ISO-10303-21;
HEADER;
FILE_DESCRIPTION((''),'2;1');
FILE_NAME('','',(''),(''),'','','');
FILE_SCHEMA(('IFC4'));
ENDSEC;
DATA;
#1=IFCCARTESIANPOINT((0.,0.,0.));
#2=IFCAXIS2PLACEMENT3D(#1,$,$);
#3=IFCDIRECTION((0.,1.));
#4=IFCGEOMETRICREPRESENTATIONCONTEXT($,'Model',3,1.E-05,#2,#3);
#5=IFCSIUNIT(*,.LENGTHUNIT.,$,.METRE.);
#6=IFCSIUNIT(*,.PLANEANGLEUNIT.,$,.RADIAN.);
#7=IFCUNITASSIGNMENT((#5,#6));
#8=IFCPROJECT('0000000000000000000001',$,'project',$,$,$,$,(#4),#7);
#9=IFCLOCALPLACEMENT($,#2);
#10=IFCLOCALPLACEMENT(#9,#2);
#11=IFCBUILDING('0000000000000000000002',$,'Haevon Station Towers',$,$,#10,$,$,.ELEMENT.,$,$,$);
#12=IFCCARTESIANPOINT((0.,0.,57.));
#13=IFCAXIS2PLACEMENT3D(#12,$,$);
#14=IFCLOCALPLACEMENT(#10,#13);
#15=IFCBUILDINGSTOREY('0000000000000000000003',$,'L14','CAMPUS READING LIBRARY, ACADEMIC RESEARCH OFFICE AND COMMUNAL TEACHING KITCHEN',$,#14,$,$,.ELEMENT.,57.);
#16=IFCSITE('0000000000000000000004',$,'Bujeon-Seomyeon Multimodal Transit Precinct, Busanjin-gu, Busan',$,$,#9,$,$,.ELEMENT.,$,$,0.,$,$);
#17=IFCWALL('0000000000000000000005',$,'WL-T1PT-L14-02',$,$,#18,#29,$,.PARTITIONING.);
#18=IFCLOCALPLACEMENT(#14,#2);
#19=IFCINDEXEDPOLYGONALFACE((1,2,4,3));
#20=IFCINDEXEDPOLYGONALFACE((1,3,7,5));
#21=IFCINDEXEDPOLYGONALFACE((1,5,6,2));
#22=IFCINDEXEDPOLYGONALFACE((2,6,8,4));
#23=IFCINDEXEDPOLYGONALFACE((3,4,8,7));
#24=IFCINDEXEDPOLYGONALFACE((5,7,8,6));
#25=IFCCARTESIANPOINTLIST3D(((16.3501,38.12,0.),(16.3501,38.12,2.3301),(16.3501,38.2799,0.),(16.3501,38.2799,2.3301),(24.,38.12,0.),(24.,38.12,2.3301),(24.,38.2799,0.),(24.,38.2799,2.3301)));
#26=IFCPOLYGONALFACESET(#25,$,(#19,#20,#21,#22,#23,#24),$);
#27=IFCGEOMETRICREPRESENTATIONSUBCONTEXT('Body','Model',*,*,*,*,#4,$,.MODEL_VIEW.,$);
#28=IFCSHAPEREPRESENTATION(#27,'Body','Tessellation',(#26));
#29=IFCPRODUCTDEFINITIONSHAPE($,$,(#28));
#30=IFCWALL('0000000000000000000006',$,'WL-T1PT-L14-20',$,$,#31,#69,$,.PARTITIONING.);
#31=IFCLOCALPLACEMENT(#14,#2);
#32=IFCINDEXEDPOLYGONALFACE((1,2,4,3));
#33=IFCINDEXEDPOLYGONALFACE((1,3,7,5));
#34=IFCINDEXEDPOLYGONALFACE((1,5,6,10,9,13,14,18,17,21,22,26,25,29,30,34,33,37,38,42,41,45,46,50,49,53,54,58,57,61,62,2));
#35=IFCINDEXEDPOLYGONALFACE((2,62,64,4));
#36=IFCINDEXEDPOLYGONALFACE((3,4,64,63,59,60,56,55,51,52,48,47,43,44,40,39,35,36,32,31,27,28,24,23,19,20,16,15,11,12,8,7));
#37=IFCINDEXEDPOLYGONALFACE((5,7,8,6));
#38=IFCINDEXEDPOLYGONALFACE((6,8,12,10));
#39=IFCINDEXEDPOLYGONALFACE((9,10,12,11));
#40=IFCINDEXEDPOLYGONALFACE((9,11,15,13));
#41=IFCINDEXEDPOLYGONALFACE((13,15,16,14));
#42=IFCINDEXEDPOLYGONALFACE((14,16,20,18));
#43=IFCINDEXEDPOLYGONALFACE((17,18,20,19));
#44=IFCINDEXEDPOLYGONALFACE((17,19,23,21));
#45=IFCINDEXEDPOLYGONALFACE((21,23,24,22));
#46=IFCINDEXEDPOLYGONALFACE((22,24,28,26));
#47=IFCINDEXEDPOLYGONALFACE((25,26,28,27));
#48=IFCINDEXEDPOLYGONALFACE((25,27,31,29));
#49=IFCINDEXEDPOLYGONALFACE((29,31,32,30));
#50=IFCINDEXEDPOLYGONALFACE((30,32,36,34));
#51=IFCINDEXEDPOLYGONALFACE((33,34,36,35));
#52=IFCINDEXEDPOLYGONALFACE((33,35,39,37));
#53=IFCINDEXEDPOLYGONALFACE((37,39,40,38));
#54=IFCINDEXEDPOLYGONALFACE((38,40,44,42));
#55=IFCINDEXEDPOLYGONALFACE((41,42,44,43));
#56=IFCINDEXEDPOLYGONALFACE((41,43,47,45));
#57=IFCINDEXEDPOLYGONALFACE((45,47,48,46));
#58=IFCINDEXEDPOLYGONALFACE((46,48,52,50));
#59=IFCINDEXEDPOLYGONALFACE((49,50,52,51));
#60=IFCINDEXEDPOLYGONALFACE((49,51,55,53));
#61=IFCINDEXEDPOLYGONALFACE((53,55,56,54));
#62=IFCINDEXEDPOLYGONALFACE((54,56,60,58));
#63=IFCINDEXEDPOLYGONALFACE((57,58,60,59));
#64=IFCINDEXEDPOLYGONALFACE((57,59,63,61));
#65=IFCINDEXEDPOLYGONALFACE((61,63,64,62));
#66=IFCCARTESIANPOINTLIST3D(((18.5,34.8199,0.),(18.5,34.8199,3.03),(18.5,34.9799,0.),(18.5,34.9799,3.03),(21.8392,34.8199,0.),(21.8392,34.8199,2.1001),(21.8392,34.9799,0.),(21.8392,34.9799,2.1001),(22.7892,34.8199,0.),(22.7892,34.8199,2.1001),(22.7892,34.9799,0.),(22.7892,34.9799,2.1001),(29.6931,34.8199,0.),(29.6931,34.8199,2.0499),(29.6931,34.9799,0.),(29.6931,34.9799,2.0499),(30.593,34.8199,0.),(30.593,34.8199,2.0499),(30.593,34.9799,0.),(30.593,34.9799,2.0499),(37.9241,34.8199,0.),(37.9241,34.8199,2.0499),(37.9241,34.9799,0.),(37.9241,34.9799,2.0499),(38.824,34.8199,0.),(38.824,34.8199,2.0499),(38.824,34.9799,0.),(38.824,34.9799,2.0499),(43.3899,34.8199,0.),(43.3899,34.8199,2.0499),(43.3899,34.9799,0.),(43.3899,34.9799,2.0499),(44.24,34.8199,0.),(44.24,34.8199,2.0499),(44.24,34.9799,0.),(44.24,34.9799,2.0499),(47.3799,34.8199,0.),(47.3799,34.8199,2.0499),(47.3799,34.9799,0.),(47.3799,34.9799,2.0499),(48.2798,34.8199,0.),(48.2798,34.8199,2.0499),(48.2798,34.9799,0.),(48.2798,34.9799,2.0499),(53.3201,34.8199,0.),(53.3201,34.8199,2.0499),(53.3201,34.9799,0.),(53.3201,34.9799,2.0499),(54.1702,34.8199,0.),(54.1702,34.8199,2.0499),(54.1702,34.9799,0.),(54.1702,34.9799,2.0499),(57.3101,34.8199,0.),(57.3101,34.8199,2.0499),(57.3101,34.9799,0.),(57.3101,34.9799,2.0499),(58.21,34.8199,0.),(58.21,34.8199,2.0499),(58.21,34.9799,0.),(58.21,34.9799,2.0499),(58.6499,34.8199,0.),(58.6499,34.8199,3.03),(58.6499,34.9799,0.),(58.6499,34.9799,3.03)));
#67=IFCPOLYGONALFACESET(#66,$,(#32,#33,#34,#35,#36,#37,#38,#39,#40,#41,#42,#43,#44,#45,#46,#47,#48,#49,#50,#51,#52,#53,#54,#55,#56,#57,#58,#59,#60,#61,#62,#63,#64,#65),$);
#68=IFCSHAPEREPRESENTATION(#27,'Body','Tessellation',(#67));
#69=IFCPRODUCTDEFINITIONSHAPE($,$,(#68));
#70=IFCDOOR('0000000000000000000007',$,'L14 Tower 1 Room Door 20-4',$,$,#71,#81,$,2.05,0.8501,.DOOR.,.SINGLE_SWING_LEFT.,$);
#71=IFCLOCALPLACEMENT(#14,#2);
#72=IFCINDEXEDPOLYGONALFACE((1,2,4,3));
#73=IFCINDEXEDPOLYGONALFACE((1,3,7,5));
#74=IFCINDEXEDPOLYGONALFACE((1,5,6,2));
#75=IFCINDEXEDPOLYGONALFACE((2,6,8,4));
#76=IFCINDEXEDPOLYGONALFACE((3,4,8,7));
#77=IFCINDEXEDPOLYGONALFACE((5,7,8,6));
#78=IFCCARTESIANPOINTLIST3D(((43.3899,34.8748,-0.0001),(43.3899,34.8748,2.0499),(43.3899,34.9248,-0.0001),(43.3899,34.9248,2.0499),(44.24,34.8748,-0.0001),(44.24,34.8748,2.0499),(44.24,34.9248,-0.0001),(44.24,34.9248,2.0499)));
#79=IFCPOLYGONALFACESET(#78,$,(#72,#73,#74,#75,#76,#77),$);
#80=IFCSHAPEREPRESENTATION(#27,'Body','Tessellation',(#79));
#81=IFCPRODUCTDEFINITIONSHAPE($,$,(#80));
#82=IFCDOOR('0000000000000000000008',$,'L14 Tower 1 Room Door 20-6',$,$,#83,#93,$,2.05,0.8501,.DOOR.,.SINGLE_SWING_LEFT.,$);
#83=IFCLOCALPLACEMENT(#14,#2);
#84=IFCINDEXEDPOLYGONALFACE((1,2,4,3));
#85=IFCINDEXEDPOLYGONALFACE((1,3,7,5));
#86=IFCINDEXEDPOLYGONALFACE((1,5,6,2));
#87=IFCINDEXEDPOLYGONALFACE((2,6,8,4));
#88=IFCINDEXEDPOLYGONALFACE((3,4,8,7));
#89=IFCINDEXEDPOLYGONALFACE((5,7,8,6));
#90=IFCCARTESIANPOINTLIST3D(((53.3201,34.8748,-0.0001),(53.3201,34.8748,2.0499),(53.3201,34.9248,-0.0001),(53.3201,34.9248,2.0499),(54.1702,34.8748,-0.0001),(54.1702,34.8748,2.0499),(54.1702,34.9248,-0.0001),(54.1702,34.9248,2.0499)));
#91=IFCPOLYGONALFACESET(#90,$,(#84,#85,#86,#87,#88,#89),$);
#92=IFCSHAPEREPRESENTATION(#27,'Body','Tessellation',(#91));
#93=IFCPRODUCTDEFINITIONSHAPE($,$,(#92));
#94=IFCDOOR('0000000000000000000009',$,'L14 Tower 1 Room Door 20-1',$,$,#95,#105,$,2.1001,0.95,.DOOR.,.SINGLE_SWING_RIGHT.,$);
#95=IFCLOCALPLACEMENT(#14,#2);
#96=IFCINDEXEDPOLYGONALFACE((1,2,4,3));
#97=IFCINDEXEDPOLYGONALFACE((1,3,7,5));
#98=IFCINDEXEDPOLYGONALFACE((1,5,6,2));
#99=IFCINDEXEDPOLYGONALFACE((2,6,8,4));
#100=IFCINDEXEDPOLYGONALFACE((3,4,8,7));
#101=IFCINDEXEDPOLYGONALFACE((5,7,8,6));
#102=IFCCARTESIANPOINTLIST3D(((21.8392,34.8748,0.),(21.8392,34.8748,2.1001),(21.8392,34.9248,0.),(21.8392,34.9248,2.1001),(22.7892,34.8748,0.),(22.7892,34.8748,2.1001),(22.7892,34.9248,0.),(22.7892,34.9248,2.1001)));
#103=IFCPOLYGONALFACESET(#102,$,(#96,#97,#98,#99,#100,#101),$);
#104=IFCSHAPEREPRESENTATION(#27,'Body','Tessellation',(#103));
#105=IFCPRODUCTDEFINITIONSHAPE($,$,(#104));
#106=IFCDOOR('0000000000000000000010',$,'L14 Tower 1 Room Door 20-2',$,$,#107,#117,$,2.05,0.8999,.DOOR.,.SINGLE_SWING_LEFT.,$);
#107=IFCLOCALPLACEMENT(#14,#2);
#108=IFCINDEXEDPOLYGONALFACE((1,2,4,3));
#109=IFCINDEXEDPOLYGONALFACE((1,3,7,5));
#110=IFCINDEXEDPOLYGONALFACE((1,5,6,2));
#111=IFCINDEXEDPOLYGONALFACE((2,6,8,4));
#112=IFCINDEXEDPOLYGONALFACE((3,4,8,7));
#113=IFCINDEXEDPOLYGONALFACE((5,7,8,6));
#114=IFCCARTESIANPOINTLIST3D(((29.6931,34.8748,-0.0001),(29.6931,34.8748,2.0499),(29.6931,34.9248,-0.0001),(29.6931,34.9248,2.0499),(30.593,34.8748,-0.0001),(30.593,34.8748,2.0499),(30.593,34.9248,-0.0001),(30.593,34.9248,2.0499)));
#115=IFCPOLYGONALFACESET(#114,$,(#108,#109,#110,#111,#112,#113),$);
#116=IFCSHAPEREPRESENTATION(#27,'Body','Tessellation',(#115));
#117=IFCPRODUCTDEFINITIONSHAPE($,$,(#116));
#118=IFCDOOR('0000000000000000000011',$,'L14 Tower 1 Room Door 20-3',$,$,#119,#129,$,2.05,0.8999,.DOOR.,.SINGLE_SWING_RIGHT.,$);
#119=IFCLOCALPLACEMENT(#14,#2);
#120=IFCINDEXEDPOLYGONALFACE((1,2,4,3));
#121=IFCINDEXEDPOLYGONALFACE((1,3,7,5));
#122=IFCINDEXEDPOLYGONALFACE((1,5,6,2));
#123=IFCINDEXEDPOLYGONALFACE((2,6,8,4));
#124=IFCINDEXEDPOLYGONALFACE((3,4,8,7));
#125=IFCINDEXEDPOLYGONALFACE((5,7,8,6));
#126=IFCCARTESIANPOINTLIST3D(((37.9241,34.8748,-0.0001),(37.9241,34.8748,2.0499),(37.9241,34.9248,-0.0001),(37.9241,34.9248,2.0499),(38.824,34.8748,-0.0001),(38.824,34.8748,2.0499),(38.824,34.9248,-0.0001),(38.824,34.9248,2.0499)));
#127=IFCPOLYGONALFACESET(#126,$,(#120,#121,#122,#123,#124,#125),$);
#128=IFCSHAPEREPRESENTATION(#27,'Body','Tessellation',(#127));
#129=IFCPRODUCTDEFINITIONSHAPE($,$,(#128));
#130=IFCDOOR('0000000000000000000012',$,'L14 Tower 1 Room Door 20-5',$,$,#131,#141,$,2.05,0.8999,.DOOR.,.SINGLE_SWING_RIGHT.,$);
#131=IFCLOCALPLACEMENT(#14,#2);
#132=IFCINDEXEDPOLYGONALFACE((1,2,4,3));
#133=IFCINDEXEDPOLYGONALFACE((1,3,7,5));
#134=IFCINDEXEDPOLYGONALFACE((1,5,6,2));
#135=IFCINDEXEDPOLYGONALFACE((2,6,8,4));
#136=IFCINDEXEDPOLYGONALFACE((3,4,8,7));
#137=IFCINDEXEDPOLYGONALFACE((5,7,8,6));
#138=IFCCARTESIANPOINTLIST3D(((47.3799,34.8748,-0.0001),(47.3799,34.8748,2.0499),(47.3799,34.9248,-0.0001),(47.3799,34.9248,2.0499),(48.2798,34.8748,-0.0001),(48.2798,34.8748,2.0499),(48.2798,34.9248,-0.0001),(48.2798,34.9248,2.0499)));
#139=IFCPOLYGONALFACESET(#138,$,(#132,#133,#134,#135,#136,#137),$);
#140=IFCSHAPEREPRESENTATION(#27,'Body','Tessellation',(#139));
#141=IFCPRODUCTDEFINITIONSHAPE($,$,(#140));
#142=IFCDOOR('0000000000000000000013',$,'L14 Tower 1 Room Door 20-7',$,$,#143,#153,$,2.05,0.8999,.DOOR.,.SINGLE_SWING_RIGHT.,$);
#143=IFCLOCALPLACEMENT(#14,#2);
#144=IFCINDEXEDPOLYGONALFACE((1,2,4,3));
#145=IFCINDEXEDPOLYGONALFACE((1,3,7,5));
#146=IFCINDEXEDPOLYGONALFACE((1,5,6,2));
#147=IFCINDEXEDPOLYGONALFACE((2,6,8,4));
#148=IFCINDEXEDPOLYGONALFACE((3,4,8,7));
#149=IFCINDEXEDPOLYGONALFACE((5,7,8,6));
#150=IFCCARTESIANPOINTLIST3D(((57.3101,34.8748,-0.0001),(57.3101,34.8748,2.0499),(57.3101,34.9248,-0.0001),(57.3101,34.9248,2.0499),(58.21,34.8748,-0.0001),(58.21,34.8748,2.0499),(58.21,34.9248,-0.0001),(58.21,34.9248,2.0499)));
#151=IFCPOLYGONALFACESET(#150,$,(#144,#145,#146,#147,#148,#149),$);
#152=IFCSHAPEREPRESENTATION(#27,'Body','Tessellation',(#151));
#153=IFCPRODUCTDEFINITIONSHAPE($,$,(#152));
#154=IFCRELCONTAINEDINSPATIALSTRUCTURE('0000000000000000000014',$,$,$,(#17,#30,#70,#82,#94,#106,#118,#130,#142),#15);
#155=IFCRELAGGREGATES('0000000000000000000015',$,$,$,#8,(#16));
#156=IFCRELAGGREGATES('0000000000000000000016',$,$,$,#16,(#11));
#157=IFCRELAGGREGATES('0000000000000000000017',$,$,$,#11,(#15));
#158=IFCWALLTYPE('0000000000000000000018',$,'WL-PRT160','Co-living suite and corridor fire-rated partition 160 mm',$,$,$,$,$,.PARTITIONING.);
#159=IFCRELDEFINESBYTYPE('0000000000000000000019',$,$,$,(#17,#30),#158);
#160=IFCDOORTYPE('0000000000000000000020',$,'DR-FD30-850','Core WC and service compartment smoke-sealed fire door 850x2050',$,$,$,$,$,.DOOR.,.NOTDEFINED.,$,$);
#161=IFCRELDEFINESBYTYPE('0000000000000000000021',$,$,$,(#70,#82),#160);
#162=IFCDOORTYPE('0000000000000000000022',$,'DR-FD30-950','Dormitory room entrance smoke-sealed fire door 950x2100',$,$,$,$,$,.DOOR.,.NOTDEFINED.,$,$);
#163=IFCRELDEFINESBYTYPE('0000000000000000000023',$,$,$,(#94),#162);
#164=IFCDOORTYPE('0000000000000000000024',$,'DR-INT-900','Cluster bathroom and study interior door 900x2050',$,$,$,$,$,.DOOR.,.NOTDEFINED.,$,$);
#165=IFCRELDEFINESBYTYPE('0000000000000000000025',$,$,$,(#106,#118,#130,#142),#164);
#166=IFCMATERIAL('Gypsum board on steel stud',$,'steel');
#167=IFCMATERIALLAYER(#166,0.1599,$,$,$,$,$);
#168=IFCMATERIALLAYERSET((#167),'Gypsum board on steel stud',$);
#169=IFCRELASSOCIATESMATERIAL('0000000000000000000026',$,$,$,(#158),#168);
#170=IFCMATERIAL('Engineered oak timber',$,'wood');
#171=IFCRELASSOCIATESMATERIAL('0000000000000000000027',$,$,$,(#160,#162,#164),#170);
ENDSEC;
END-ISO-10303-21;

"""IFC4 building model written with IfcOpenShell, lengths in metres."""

from ifc_helpers import new_model, si_unit, direction, frame, frame_2d, origin, place, context, subcontext, project, spatial, rectangle, extrude, material, layer, layer_set, type_object, element, fill, save


model = new_model("IFC4")

# Units and contexts
model_context = context("Model", 3, precision=1e-05, world=origin(), true_north=direction((0.0, 1.0)))
body_context = subcontext(model_context, "Body", "Model", "MODEL_VIEW")
ifc_project = project(units=[si_unit("LENGTHUNIT", "METRE"), si_unit("PLANEANGLEUNIT", "RADIAN")], contexts=[model_context])

# Site, building, storey
site_placement = place(None, origin())
site = spatial("IfcSite", under=ifc_project, at=site_placement, Name="Bujeon-Seomyeon Multimodal Transit Precinct, Busanjin-gu, Busan", CompositionType="ELEMENT", RefElevation=0.0)
building_placement = place(site_placement, origin())
building = spatial("IfcBuilding", under=site, at=building_placement, Name="Haevon Station Towers", CompositionType="ELEMENT")
storey_placement = place(building_placement, frame((0.0, 0.0, 57.0)))
storey = spatial("IfcBuildingStorey", under=building, at=storey_placement, Name="L14", Description="CAMPUS READING LIBRARY, ACADEMIC RESEARCH OFFICE AND COMMUNAL TEACHING KITCHEN", CompositionType="ELEMENT", Elevation=57.0)

# Shared definitions
ifc_material_1 = material(Name="Gypsum board on steel stud", Category="steel")
ifc_material_2 = material(Name="Engineered oak timber", Category="wood")

# Wall
ifc_layer_1 = layer(ifc_material_1, 0.1599)
ifc_layer_set_1 = layer_set([ifc_layer_1], Name="Gypsum board on steel stud")
wall_type_1 = type_object("IfcWallType", Name="WL-PRT160", Description="Co-living suite and corridor fire-rated partition 160 mm", PredefinedType="PARTITIONING", material=ifc_layer_set_1)
wall_1_placement = place(storey_placement, frame((16.3501, 38.2, 0.0), z_axis=(0.0, 0.0, 1.0), x_axis=(1.0, 0.0, 0.0)))
element("IfcWall", 1, at=wall_1_placement, inside=storey, type_object=wall_type_1, Name="WL-T1PT-L14-02", PredefinedType="PARTITIONING", context=body_context, shape_type="SweptSolid", body=[
    extrude(rectangle(XDim=7.6499, YDim=0.1599, at=frame_2d((3.825, 0.0))), origin(), (0.0, 0.0, 1.0), 2.3301),
])

# Wall, openings, doors
wall_2_placement = place(storey_placement, frame((18.5, 34.8999, 0.0), z_axis=(0.0, 0.0, 1.0), x_axis=(1.0, 0.0, 0.0)))
wall_2 = element("IfcWall", 2, at=wall_2_placement, inside=storey, type_object=wall_type_1, Name="WL-T1PT-L14-20", PredefinedType="PARTITIONING", context=body_context, shape_type="SweptSolid", body=[
    extrude(rectangle(XDim=40.1499, YDim=0.1599, at=frame_2d((20.075, 0.0))), origin(), (0.0, 0.0, 1.0), 3.03),
])
opening_1_placement = place(wall_2_placement, frame((3.3391, 0.0, 0.0)))
opening_1 = element("IfcOpeningElement", 3, at=opening_1_placement, cuts=wall_2, PredefinedType="OPENING", context=body_context, shape_type="SweptSolid", body=[
    extrude(rectangle(XDim=0.95, YDim=2.1001, at=frame_2d((0.4751, 1.05))), frame((0.0, 0.0898, 0.0), z_axis=(0.0, -1.0, 0.0), x_axis=(1.0, 0.0, 0.0)), (0.0, 0.0, 1.0), 0.1799),
])
opening_2_placement = place(wall_2_placement, frame((11.1931, 0.0, 0.0)))
opening_2 = element("IfcOpeningElement", 4, at=opening_2_placement, cuts=wall_2, PredefinedType="OPENING", context=body_context, shape_type="SweptSolid", body=[
    extrude(rectangle(XDim=0.8999, YDim=2.05, at=frame_2d((0.45, 1.0249))), frame((0.0, 0.0898, 0.0), z_axis=(0.0, -1.0, 0.0), x_axis=(1.0, 0.0, 0.0)), (0.0, 0.0, 1.0), 0.1799),
])
opening_3_placement = place(wall_2_placement, frame((19.4241, 0.0, 0.0)))
opening_3 = element("IfcOpeningElement", 5, at=opening_3_placement, cuts=wall_2, PredefinedType="OPENING", context=body_context, shape_type="SweptSolid", body=[
    extrude(rectangle(XDim=0.8999, YDim=2.05, at=frame_2d((0.45, 1.0249))), frame((0.0, 0.0898, 0.0), z_axis=(0.0, -1.0, 0.0), x_axis=(1.0, 0.0, 0.0)), (0.0, 0.0, 1.0), 0.1799),
])
opening_4_placement = place(wall_2_placement, frame((24.8899, 0.0, 0.0)))
opening_4 = element("IfcOpeningElement", 6, at=opening_4_placement, cuts=wall_2, PredefinedType="OPENING", context=body_context, shape_type="SweptSolid", body=[
    extrude(rectangle(XDim=0.8501, YDim=2.05, at=frame_2d((0.425, 1.0249))), frame((0.0, 0.0898, 0.0), z_axis=(0.0, -1.0, 0.0), x_axis=(1.0, 0.0, 0.0)), (0.0, 0.0, 1.0), 0.1799),
])
opening_5_placement = place(wall_2_placement, frame((28.8799, 0.0, 0.0)))
opening_5 = element("IfcOpeningElement", 7, at=opening_5_placement, cuts=wall_2, PredefinedType="OPENING", context=body_context, shape_type="SweptSolid", body=[
    extrude(rectangle(XDim=0.8999, YDim=2.05, at=frame_2d((0.45, 1.0249))), frame((0.0, 0.0898, 0.0), z_axis=(0.0, -1.0, 0.0), x_axis=(1.0, 0.0, 0.0)), (0.0, 0.0, 1.0), 0.1799),
])
opening_6_placement = place(wall_2_placement, frame((34.8201, 0.0, 0.0)))
opening_6 = element("IfcOpeningElement", 8, at=opening_6_placement, cuts=wall_2, PredefinedType="OPENING", context=body_context, shape_type="SweptSolid", body=[
    extrude(rectangle(XDim=0.8501, YDim=2.05, at=frame_2d((0.425, 1.0249))), frame((0.0, 0.0898, 0.0), z_axis=(0.0, -1.0, 0.0), x_axis=(1.0, 0.0, 0.0)), (0.0, 0.0, 1.0), 0.1799),
])
opening_7_placement = place(wall_2_placement, frame((38.8101, 0.0, 0.0)))
opening_7 = element("IfcOpeningElement", 9, at=opening_7_placement, cuts=wall_2, PredefinedType="OPENING", context=body_context, shape_type="SweptSolid", body=[
    extrude(rectangle(XDim=0.8999, YDim=2.05, at=frame_2d((0.45, 1.0249))), frame((0.0, 0.0898, 0.0), z_axis=(0.0, -1.0, 0.0), x_axis=(1.0, 0.0, 0.0)), (0.0, 0.0, 1.0), 0.1799),
])
door_type_1 = type_object("IfcDoorType", Name="DR-FD30-850", Description="Core WC and service compartment smoke-sealed fire door 850x2050", OperationType="NOTDEFINED", PredefinedType="DOOR", material=ifc_material_2)
door_1_placement = place(opening_4_placement, origin())
door_1 = element("IfcDoor", 10, at=door_1_placement, inside=storey, type_object=door_type_1, Name="L14 Tower 1 Room Door 20-4", OperationType="SINGLE_SWING_LEFT", OverallHeight=2.05, OverallWidth=0.8501, PredefinedType="DOOR", context=body_context, shape_type="SweptSolid", body=[
    extrude(rectangle(XDim=0.8501, YDim=2.05, at=frame_2d((0.425, 1.0249))), frame((0.0, 0.0249, 0.0), z_axis=(0.0, -1.0, 0.0), x_axis=(1.0, 0.0, 0.0)), (0.0, 0.0, 1.0), 0.05),
])
fill(opening_4, door_1)
door_2_placement = place(opening_6_placement, origin())
door_2 = element("IfcDoor", 11, at=door_2_placement, inside=storey, type_object=door_type_1, Name="L14 Tower 1 Room Door 20-6", OperationType="SINGLE_SWING_LEFT", OverallHeight=2.05, OverallWidth=0.8501, PredefinedType="DOOR", context=body_context, shape_type="SweptSolid", body=[
    extrude(rectangle(XDim=0.8501, YDim=2.05, at=frame_2d((0.425, 1.0249))), frame((0.0, 0.0249, 0.0), z_axis=(0.0, -1.0, 0.0), x_axis=(1.0, 0.0, 0.0)), (0.0, 0.0, 1.0), 0.05),
])
fill(opening_6, door_2)
door_type_2 = type_object("IfcDoorType", Name="DR-FD30-950", Description="Dormitory room entrance smoke-sealed fire door 950x2100", OperationType="NOTDEFINED", PredefinedType="DOOR", material=ifc_material_2)
door_3_placement = place(opening_1_placement, origin())
door_3 = element("IfcDoor", 12, at=door_3_placement, inside=storey, type_object=door_type_2, Name="L14 Tower 1 Room Door 20-1", OperationType="SINGLE_SWING_RIGHT", OverallHeight=2.1001, OverallWidth=0.95, PredefinedType="DOOR", context=body_context, shape_type="SweptSolid", body=[
    extrude(rectangle(XDim=0.95, YDim=2.1001, at=frame_2d((0.4751, 1.05))), frame((0.0, 0.0249, 0.0), z_axis=(0.0, -1.0, 0.0), x_axis=(1.0, 0.0, 0.0)), (0.0, 0.0, 1.0), 0.05),
])
fill(opening_1, door_3)
door_type_3 = type_object("IfcDoorType", Name="DR-INT-900", Description="Cluster bathroom and study interior door 900x2050", OperationType="NOTDEFINED", PredefinedType="DOOR", material=ifc_material_2)
door_4_placement = place(opening_2_placement, origin())
door_4 = element("IfcDoor", 13, at=door_4_placement, inside=storey, type_object=door_type_3, Name="L14 Tower 1 Room Door 20-2", OperationType="SINGLE_SWING_LEFT", OverallHeight=2.05, OverallWidth=0.8999, PredefinedType="DOOR", context=body_context, shape_type="SweptSolid", body=[
    extrude(rectangle(XDim=0.8999, YDim=2.05, at=frame_2d((0.45, 1.0249))), frame((0.0, 0.0249, 0.0), z_axis=(0.0, -1.0, 0.0), x_axis=(1.0, 0.0, 0.0)), (0.0, 0.0, 1.0), 0.05),
])
fill(opening_2, door_4)
door_5_placement = place(opening_3_placement, origin())
door_5 = element("IfcDoor", 14, at=door_5_placement, inside=storey, type_object=door_type_3, Name="L14 Tower 1 Room Door 20-3", OperationType="SINGLE_SWING_RIGHT", OverallHeight=2.05, OverallWidth=0.8999, PredefinedType="DOOR", context=body_context, shape_type="SweptSolid", body=[
    extrude(rectangle(XDim=0.8999, YDim=2.05, at=frame_2d((0.45, 1.0249))), frame((0.0, 0.0249, 0.0), z_axis=(0.0, -1.0, 0.0), x_axis=(1.0, 0.0, 0.0)), (0.0, 0.0, 1.0), 0.05),
])
fill(opening_3, door_5)
door_6_placement = place(opening_5_placement, origin())
door_6 = element("IfcDoor", 15, at=door_6_placement, inside=storey, type_object=door_type_3, Name="L14 Tower 1 Room Door 20-5", OperationType="SINGLE_SWING_RIGHT", OverallHeight=2.05, OverallWidth=0.8999, PredefinedType="DOOR", context=body_context, shape_type="SweptSolid", body=[
    extrude(rectangle(XDim=0.8999, YDim=2.05, at=frame_2d((0.45, 1.0249))), frame((0.0, 0.0249, 0.0), z_axis=(0.0, -1.0, 0.0), x_axis=(1.0, 0.0, 0.0)), (0.0, 0.0, 1.0), 0.05),
])
fill(opening_5, door_6)
door_7_placement = place(opening_7_placement, origin())
door_7 = element("IfcDoor", 16, at=door_7_placement, inside=storey, type_object=door_type_3, Name="L14 Tower 1 Room Door 20-7", OperationType="SINGLE_SWING_RIGHT", OverallHeight=2.05, OverallWidth=0.8999, PredefinedType="DOOR", context=body_context, shape_type="SweptSolid", body=[
    extrude(rectangle(XDim=0.8999, YDim=2.05, at=frame_2d((0.45, 1.0249))), frame((0.0, 0.0249, 0.0), z_axis=(0.0, -1.0, 0.0), x_axis=(1.0, 0.0, 0.0)), (0.0, 0.0, 1.0), 0.05),
])
fill(opening_7, door_7)

save(model, "model.ifc")
